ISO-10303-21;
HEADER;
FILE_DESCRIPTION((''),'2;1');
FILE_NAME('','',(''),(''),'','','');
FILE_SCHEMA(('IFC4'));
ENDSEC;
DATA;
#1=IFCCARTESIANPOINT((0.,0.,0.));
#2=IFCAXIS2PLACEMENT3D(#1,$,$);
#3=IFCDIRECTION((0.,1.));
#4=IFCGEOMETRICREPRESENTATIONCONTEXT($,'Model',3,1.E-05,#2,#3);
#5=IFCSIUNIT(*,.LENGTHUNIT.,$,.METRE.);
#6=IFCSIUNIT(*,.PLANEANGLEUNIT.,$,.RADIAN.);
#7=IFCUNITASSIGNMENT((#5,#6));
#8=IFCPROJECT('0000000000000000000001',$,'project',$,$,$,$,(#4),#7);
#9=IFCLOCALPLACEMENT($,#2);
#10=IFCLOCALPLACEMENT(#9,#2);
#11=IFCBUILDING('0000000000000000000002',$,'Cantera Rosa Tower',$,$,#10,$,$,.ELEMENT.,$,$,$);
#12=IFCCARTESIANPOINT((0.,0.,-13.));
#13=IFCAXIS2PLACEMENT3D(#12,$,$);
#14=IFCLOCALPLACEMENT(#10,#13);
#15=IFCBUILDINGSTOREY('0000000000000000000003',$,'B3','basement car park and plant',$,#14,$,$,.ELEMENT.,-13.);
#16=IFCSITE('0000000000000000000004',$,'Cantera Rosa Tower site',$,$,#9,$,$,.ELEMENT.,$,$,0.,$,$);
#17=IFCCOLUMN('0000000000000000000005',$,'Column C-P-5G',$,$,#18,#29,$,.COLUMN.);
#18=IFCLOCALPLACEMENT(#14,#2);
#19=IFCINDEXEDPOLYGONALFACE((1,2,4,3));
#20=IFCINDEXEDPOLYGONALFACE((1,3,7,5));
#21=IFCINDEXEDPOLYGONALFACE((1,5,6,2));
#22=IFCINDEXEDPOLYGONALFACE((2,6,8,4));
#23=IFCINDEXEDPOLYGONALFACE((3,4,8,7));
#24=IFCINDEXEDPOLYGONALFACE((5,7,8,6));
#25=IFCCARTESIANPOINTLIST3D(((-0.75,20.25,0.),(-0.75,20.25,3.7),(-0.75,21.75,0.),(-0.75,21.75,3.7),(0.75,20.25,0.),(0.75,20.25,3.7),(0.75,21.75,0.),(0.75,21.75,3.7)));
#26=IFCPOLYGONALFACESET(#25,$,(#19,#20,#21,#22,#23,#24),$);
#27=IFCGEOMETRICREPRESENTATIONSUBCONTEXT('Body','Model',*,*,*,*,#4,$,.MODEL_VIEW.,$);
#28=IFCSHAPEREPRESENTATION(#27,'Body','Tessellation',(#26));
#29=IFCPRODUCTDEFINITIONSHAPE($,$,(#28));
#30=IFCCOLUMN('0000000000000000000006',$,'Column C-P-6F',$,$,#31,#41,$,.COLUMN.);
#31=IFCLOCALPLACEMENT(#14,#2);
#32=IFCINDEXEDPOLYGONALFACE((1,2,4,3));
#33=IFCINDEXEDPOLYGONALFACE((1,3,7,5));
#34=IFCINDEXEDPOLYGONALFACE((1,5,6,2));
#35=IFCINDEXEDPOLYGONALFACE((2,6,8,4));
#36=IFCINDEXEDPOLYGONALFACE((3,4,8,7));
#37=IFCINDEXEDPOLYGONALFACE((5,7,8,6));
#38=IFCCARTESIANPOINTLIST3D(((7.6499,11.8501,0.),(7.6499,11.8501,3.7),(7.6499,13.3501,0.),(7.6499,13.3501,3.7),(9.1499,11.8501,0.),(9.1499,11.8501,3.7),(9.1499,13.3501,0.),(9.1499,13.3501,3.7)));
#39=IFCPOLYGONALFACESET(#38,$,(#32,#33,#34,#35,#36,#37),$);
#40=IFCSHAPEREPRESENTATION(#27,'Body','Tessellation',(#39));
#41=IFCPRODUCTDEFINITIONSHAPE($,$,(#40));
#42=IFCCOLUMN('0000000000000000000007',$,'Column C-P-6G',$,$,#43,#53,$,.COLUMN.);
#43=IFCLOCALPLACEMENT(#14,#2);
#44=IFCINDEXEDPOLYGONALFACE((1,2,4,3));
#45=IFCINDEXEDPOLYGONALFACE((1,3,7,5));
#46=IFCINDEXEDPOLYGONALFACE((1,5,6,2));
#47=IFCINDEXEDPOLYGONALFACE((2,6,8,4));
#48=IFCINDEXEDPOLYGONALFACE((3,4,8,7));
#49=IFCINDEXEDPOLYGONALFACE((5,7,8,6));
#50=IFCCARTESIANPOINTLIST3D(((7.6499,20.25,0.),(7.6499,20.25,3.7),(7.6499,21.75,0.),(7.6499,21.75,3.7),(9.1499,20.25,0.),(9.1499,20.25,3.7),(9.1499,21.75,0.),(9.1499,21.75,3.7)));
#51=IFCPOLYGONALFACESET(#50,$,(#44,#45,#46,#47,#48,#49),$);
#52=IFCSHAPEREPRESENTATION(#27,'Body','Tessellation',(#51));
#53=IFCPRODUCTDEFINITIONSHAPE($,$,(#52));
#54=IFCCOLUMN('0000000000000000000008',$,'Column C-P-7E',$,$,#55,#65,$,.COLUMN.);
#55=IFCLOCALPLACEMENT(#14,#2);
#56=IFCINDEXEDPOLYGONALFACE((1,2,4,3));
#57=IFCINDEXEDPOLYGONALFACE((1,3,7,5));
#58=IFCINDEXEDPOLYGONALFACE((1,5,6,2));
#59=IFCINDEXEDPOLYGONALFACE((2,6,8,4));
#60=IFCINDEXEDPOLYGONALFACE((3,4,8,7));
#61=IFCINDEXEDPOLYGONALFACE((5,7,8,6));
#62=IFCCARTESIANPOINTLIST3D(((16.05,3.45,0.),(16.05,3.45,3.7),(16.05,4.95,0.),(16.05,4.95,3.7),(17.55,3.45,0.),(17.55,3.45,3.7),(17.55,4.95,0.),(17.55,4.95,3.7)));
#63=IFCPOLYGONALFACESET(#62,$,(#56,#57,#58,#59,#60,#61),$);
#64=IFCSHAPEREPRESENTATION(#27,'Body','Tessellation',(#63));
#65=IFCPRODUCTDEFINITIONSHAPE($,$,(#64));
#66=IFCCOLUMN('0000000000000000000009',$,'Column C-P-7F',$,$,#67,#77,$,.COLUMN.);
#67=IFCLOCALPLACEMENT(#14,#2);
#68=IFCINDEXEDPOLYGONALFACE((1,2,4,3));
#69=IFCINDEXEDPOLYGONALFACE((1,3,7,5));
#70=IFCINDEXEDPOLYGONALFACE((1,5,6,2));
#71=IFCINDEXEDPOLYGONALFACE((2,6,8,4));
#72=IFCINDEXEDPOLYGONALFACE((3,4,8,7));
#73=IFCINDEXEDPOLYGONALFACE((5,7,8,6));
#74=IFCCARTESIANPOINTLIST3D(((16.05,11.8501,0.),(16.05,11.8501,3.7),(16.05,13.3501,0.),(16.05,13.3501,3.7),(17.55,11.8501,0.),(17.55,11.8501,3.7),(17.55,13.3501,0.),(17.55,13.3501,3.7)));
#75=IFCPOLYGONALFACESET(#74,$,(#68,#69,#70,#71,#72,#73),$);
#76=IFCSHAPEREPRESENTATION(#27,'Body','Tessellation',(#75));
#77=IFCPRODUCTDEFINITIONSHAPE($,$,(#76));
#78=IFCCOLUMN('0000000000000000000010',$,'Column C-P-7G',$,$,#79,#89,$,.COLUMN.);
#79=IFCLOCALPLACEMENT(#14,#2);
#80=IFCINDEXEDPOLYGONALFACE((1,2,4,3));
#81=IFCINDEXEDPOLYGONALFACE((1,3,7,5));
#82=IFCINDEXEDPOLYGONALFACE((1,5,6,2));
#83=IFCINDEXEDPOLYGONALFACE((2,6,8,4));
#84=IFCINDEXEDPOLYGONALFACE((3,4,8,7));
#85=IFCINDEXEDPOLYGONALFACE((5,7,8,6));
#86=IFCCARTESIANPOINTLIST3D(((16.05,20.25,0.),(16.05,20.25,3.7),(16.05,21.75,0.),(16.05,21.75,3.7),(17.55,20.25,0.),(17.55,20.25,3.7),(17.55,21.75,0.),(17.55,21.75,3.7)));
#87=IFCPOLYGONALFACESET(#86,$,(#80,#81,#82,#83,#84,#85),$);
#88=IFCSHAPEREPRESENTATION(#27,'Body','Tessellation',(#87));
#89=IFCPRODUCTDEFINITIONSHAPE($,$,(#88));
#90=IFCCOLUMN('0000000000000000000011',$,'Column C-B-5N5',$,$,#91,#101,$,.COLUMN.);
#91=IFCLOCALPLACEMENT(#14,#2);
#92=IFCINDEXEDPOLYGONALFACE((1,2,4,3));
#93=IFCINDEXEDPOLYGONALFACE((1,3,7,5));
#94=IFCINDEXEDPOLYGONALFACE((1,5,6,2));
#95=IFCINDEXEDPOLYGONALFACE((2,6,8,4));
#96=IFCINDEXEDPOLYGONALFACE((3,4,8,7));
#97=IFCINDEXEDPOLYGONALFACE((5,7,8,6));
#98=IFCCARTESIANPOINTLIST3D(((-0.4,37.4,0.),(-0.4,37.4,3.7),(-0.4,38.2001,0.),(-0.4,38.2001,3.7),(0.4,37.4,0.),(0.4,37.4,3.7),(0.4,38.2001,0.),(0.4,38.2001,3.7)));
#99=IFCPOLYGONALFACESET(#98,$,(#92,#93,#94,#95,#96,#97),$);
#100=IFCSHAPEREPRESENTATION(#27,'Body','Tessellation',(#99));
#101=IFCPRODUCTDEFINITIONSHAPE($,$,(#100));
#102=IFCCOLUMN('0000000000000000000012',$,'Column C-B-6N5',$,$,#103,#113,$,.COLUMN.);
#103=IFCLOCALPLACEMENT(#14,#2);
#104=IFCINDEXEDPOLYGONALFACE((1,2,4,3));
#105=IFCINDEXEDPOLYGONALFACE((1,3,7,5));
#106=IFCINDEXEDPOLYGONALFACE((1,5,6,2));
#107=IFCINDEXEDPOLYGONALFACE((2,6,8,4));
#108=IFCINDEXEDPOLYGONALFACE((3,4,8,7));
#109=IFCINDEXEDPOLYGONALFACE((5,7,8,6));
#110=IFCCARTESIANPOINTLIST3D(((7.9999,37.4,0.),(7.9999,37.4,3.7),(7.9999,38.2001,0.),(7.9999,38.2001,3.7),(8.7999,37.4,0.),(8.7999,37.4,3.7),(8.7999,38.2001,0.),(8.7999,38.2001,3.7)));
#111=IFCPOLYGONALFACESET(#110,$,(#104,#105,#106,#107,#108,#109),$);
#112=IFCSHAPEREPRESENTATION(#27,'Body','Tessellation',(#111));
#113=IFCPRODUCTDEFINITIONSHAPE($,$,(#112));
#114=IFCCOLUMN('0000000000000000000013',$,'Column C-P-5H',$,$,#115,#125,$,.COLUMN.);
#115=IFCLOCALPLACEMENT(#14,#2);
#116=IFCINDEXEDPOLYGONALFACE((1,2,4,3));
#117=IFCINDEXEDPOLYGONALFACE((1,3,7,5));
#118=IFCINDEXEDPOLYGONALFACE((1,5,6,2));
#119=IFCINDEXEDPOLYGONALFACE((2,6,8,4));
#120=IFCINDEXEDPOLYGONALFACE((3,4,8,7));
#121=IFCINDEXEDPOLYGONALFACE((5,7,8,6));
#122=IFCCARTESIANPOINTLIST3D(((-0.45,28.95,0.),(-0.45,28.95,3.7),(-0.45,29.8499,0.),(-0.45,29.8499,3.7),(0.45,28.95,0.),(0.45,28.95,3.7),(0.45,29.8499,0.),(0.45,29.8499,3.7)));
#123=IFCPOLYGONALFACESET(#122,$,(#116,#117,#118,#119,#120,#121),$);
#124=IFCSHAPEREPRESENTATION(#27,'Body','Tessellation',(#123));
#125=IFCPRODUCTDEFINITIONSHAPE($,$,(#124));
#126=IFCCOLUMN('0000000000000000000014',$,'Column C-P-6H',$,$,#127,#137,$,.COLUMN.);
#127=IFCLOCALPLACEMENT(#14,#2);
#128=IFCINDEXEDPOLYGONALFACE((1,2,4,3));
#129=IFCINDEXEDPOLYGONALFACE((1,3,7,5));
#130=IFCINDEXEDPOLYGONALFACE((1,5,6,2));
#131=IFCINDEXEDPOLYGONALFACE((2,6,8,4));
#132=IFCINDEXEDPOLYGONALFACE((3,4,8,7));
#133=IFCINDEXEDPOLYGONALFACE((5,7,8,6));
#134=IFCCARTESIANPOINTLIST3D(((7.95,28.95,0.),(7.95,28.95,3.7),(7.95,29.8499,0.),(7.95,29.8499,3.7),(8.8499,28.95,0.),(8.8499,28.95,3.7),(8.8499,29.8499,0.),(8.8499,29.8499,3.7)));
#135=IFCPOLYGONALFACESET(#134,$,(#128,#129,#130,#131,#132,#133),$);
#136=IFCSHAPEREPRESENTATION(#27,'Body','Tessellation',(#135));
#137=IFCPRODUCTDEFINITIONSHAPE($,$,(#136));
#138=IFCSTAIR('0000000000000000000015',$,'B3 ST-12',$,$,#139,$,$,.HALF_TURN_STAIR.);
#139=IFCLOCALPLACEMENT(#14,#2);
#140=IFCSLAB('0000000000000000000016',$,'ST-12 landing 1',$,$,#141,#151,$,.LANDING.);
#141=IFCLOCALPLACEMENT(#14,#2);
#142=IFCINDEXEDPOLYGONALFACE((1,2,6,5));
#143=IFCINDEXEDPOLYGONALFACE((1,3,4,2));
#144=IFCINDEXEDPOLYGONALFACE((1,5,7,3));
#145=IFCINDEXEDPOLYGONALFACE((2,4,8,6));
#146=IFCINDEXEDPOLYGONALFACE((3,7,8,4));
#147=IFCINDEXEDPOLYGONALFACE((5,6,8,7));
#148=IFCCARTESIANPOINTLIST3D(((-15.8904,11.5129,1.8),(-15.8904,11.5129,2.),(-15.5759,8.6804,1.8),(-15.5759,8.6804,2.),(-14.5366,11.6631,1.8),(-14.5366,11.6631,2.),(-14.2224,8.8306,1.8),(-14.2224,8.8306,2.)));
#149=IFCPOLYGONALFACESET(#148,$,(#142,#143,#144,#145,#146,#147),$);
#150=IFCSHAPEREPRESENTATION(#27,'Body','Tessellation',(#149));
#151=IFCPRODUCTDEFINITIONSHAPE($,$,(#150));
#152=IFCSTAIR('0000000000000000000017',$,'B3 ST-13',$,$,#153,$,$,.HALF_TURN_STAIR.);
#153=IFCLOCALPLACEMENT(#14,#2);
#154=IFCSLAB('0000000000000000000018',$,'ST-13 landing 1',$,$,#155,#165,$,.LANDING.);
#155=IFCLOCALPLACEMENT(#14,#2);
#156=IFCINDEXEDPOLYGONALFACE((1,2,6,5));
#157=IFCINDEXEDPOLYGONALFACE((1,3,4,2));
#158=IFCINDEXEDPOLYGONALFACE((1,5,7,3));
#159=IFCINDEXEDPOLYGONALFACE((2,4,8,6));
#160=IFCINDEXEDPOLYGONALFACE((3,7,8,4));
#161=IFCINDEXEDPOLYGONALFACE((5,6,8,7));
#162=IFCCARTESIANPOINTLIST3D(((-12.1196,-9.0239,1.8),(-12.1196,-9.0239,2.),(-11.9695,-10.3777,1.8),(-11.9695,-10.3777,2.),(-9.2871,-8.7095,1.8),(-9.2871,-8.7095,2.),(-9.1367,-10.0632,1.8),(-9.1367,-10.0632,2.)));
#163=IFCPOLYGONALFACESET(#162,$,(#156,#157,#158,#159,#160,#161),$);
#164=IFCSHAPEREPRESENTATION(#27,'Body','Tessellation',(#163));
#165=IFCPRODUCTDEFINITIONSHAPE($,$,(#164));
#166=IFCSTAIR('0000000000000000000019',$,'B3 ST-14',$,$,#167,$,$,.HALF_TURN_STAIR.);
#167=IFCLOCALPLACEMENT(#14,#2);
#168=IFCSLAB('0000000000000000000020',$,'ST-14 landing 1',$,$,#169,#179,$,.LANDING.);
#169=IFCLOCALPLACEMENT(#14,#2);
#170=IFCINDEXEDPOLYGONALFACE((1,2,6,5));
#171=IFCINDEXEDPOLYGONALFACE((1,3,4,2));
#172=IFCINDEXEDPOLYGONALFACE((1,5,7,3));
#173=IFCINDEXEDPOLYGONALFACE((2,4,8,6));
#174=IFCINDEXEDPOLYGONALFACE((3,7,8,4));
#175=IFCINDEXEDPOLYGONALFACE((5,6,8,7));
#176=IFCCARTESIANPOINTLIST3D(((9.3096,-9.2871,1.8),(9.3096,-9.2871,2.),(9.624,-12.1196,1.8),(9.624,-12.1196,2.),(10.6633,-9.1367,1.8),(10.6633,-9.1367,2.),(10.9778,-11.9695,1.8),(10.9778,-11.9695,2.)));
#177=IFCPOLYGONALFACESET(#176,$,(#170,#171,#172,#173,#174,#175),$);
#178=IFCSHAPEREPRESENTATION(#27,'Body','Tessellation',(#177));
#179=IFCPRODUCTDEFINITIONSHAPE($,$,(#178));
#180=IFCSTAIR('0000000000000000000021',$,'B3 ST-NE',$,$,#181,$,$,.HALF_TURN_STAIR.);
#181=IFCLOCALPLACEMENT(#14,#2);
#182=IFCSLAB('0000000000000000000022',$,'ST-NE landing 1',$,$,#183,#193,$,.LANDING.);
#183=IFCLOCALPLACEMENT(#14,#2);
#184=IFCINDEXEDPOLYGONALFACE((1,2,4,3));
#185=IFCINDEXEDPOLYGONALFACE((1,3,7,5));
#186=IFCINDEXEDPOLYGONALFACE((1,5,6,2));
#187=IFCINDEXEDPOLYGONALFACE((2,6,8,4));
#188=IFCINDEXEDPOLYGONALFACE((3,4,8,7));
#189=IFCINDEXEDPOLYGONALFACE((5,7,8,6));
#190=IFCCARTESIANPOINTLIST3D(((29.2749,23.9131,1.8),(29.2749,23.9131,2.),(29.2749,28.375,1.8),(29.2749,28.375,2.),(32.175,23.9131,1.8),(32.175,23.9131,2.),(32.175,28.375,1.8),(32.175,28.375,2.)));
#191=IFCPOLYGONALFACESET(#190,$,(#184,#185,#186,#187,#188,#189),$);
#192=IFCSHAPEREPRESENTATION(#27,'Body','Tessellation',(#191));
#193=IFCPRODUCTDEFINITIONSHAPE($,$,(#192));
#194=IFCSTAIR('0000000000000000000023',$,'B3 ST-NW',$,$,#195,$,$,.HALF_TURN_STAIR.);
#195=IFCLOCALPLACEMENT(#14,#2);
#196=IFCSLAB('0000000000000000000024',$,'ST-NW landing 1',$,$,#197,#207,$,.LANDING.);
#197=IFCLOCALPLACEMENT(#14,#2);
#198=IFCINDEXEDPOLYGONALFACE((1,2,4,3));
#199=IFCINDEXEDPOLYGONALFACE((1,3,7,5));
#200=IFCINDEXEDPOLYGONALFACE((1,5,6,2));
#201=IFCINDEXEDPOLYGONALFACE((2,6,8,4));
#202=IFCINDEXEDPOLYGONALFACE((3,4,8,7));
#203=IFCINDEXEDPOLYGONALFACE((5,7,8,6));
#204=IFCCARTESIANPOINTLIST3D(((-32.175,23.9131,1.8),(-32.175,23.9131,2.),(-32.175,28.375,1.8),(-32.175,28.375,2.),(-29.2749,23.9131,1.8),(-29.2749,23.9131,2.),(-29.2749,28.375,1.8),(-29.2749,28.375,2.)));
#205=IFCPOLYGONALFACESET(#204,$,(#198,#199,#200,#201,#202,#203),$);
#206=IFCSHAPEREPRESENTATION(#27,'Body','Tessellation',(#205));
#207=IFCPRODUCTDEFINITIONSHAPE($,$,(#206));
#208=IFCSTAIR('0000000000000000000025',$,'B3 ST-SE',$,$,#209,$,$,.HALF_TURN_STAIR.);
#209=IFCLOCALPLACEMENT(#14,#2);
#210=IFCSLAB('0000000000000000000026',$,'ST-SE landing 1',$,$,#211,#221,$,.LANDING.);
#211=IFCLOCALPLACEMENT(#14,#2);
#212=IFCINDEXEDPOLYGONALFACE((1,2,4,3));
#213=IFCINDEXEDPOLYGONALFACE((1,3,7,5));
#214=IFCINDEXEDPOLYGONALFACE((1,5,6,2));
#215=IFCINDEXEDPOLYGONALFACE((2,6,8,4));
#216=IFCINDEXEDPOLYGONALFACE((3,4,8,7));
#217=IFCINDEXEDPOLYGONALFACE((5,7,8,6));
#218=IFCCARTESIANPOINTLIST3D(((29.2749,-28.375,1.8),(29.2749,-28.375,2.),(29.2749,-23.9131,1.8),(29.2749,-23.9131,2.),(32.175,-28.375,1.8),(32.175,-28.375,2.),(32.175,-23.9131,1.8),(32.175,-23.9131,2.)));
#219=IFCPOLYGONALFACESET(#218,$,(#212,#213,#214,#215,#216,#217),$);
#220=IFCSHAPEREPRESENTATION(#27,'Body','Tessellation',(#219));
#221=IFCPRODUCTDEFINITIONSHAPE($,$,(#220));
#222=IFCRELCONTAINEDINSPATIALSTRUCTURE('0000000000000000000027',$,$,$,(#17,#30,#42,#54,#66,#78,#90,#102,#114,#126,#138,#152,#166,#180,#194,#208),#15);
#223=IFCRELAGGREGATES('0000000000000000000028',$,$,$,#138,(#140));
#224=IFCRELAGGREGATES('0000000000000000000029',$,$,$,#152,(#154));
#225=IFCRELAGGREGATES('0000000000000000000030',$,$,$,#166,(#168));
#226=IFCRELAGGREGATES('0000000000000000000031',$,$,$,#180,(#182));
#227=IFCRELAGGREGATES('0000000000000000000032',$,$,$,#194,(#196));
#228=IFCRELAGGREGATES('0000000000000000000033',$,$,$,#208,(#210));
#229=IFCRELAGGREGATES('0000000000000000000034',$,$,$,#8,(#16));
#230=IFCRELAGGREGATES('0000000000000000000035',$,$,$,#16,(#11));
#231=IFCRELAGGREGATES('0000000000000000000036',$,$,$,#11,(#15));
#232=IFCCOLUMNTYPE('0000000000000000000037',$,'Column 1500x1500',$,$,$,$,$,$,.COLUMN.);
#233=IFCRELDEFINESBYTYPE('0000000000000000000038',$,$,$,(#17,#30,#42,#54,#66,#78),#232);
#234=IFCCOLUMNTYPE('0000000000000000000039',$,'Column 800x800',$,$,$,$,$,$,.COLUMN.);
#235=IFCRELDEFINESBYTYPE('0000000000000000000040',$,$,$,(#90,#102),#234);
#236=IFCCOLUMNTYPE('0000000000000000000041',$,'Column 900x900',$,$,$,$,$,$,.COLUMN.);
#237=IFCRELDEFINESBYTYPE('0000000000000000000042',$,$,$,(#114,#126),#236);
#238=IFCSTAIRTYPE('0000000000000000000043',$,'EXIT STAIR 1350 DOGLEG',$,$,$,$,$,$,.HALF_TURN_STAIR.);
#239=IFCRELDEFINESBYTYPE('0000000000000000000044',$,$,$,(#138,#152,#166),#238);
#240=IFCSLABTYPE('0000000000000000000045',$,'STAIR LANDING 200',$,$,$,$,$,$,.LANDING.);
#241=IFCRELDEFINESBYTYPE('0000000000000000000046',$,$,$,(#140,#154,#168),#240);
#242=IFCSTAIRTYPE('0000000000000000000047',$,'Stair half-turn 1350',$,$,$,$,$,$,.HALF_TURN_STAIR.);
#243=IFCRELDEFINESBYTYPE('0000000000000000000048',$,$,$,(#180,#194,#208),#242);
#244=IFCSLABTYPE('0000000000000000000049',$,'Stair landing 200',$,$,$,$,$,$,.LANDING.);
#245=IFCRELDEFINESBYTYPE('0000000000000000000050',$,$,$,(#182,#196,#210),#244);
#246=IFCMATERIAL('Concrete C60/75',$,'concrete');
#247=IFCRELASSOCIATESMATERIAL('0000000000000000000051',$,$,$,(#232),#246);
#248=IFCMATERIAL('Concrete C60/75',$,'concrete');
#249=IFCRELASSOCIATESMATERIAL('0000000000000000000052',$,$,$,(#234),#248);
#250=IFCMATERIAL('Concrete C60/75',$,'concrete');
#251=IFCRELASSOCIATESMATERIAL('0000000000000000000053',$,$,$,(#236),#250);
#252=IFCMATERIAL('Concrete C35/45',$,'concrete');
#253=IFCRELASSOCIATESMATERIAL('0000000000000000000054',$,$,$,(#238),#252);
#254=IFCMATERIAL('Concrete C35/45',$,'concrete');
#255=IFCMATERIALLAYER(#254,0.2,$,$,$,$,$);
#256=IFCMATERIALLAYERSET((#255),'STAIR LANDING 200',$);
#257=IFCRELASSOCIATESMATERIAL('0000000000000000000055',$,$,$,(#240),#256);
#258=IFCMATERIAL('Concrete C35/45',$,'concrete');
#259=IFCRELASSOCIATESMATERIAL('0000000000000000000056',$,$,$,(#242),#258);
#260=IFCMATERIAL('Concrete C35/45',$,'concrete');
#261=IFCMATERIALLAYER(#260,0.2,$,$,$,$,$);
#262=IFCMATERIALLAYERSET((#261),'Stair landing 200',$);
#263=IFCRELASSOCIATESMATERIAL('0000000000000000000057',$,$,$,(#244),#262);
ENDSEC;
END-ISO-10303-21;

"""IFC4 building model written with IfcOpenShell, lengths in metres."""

from ifc_helpers import new_model, si_unit, direction, frame, origin, origin_2d, place, context, subcontext, project, spatial, polyline, rectangle, outline, extrude, material, layer, layer_set, material_profile, profile_set, type_object, element, aggregate, save


model = new_model("IFC4")

# Units and contexts
model_context = context("Model", 3, precision=1e-05, world=origin(), true_north=direction((0.0, 1.0)))
body_context = subcontext(model_context, "Body", "Model", "MODEL_VIEW")
ifc_project = project(units=[si_unit("LENGTHUNIT", "METRE"), si_unit("PLANEANGLEUNIT", "RADIAN")], contexts=[model_context])

# Site, building, storey
site_placement = place(None, origin())
site = spatial("IfcSite", under=ifc_project, at=site_placement, Name="Cantera Rosa Tower site", CompositionType="ELEMENT", RefElevation=0.0)
building_placement = place(site_placement, origin())
building = spatial("IfcBuilding", under=site, at=building_placement, Name="Cantera Rosa Tower", CompositionType="ELEMENT")
storey_placement = place(building_placement, frame((0.0, 0.0, -13.0)))
storey = spatial("IfcBuildingStorey", under=building, at=storey_placement, Name="B3", Description="basement car park and plant", CompositionType="ELEMENT", Elevation=-13.0)

# Columns
ifc_material_1 = material(Name="Concrete C60/75", Category="concrete")
ifc_material_profile_1 = material_profile(ifc_material_1, rectangle(XDim=1.5, YDim=1.5, at=origin_2d()), Name="Column 1500x1500")
ifc_profile_set_1 = profile_set([ifc_material_profile_1], Name="Concrete C60/75")
column_type_1 = type_object("IfcColumnType", Name="Column 1500x1500", PredefinedType="COLUMN", material=ifc_profile_set_1)
for number, where, z_axis, x_axis, name in (
    (1, (0.0, 21.0, 0.0), (0.0, 0.0, 1.0), (1.0, 0.0, 0.0), "Column C-P-5G"),
    (2, (8.3999, 12.6001, 0.0), (0.0, 0.0, 1.0), (1.0, 0.0, 0.0), "Column C-P-6F"),
    (3, (8.3999, 21.0, 0.0), (0.0, 0.0, 1.0), (1.0, 0.0, 0.0), "Column C-P-6G"),
    (4, (16.8, 4.2, 0.0), (0.0, 0.0, 1.0), (1.0, 0.0, 0.0), "Column C-P-7E"),
    (5, (16.8, 12.6001, 0.0), (0.0, 0.0, 1.0), (1.0, 0.0, 0.0), "Column C-P-7F"),
    (6, (16.8, 21.0, 0.0), (0.0, 0.0, 1.0), (1.0, 0.0, 0.0), "Column C-P-7G"),
):
    element("IfcColumn", number, at=place(storey_placement, frame(where, z_axis=z_axis, x_axis=x_axis)), inside=storey, type_object=column_type_1, Name=name, PredefinedType="COLUMN", context=body_context, shape_type="SweptSolid", body=[
        extrude(rectangle(XDim=1.5, YDim=1.5, at=origin_2d()), origin(), (0.0, 0.0, 1.0), 3.7),
    ])
ifc_material_2 = material(Name="Concrete C60/75", Category="concrete")
ifc_material_profile_2 = material_profile(ifc_material_2, rectangle(XDim=0.8, YDim=0.8, at=origin_2d()), Name="Column 800x800")
ifc_profile_set_2 = profile_set([ifc_material_profile_2], Name="Concrete C60/75")
column_type_2 = type_object("IfcColumnType", Name="Column 800x800", PredefinedType="COLUMN", material=ifc_profile_set_2)
for number, where, z_axis, x_axis, name in (
    (7, (0.0, 37.8, 0.0), (0.0, 0.0, 1.0), (1.0, 0.0, 0.0), "Column C-B-5N5"),
    (8, (8.3999, 37.8, 0.0), (0.0, 0.0, 1.0), (1.0, 0.0, 0.0), "Column C-B-6N5"),
):
    element("IfcColumn", number, at=place(storey_placement, frame(where, z_axis=z_axis, x_axis=x_axis)), inside=storey, type_object=column_type_2, Name=name, PredefinedType="COLUMN", context=body_context, shape_type="SweptSolid", body=[
        extrude(rectangle(XDim=0.8, YDim=0.8, at=origin_2d()), origin(), (0.0, 0.0, 1.0), 3.7),
    ])
ifc_material_3 = material(Name="Concrete C60/75", Category="concrete")
ifc_material_profile_3 = material_profile(ifc_material_3, rectangle(XDim=0.8999, YDim=0.8999, at=origin_2d()), Name="Column 900x900")
ifc_profile_set_3 = profile_set([ifc_material_profile_3], Name="Concrete C60/75")
column_type_3 = type_object("IfcColumnType", Name="Column 900x900", PredefinedType="COLUMN", material=ifc_profile_set_3)
for number, where, z_axis, x_axis, name in (
    (9, (0.0, 29.3999, 0.0), (0.0, 0.0, 1.0), (1.0, 0.0, 0.0), "Column C-P-5H"),
    (10, (8.3999, 29.3999, 0.0), (0.0, 0.0, 1.0), (1.0, 0.0, 0.0), "Column C-P-6H"),
):
    element("IfcColumn", number, at=place(storey_placement, frame(where, z_axis=z_axis, x_axis=x_axis)), inside=storey, type_object=column_type_3, Name=name, PredefinedType="COLUMN", context=body_context, shape_type="SweptSolid", body=[
        extrude(rectangle(XDim=0.8999, YDim=0.8999, at=origin_2d()), origin(), (0.0, 0.0, 1.0), 3.7),
    ])

# Stairs, slabs
ifc_material_4 = material(Name="Concrete C35/45", Category="concrete")
stair_type_1 = type_object("IfcStairType", Name="EXIT STAIR 1350 DOGLEG", PredefinedType="HALF_TURN_STAIR", material=ifc_material_4)
stair_1_placement = place(storey_placement, origin())
stair_1 = element("IfcStair", 11, at=stair_1_placement, inside=storey, type_object=stair_type_1, Name="B3 ST-12", PredefinedType="HALF_TURN_STAIR")
ifc_material_5 = material(Name="Concrete C35/45", Category="concrete")
ifc_layer_1 = layer(ifc_material_5, 0.2)
ifc_layer_set_1 = layer_set([ifc_layer_1], Name="STAIR LANDING 200")
slab_type_1 = type_object("IfcSlabType", Name="STAIR LANDING 200", PredefinedType="LANDING", material=ifc_layer_set_1)
slab_1_placement = place(storey_placement, frame((0.0, 0.0, 1.8)))
slab_1 = element("IfcSlab", 12, at=slab_1_placement, type_object=slab_type_1, Name="ST-12 landing 1", PredefinedType="LANDING", context=body_context, shape_type="SweptSolid", body=[
    extrude(outline(polyline([(-14.5366, 11.6631), (-15.8904, 11.5129), (-15.5759, 8.6804), (-14.2224, 8.8306), (-14.5366, 11.6631)])), origin(), (0.0, 0.0, 1.0), 0.2),
])
aggregate(stair_1, [slab_1])
stair_2_placement = place(storey_placement, origin())
stair_2 = element("IfcStair", 13, at=stair_2_placement, inside=storey, type_object=stair_type_1, Name="B3 ST-13", PredefinedType="HALF_TURN_STAIR")
slab_2_placement = place(storey_placement, frame((0.0, 0.0, 1.8)))
slab_2 = element("IfcSlab", 14, at=slab_2_placement, type_object=slab_type_1, Name="ST-13 landing 1", PredefinedType="LANDING", context=body_context, shape_type="SweptSolid", body=[
    extrude(outline(polyline([(-9.1367, -10.0632), (-9.2871, -8.7095), (-12.1196, -9.0239), (-11.9695, -10.3777), (-9.1367, -10.0632)])), origin(), (0.0, 0.0, 1.0), 0.2),
])
aggregate(stair_2, [slab_2])
stair_3_placement = place(storey_placement, origin())
stair_3 = element("IfcStair", 15, at=stair_3_placement, inside=storey, type_object=stair_type_1, Name="B3 ST-14", PredefinedType="HALF_TURN_STAIR")
slab_3_placement = place(storey_placement, frame((0.0, 0.0, 1.8)))
slab_3 = element("IfcSlab", 16, at=slab_3_placement, type_object=slab_type_1, Name="ST-14 landing 1", PredefinedType="LANDING", context=body_context, shape_type="SweptSolid", body=[
    extrude(outline(polyline([(10.6633, -9.1367), (9.3096, -9.2871), (9.624, -12.1196), (10.9778, -11.9695), (10.6633, -9.1367)])), origin(), (0.0, 0.0, 1.0), 0.2),
])
aggregate(stair_3, [slab_3])
ifc_material_6 = material(Name="Concrete C35/45", Category="concrete")
stair_type_2 = type_object("IfcStairType", Name="Stair half-turn 1350", PredefinedType="HALF_TURN_STAIR", material=ifc_material_6)
stair_4_placement = place(storey_placement, origin())
stair_4 = element("IfcStair", 17, at=stair_4_placement, inside=storey, type_object=stair_type_2, Name="B3 ST-NE", PredefinedType="HALF_TURN_STAIR")
ifc_material_7 = material(Name="Concrete C35/45", Category="concrete")
ifc_layer_2 = layer(ifc_material_7, 0.2)
ifc_layer_set_2 = layer_set([ifc_layer_2], Name="Stair landing 200")
slab_type_2 = type_object("IfcSlabType", Name="Stair landing 200", PredefinedType="LANDING", material=ifc_layer_set_2)
slab_4_placement = place(storey_placement, frame((0.0, 0.0, 1.8)))
slab_4 = element("IfcSlab", 18, at=slab_4_placement, type_object=slab_type_2, Name="ST-NE landing 1", PredefinedType="LANDING", context=body_context, shape_type="SweptSolid", body=[
    extrude(outline(polyline([(32.175, 23.9131), (32.175, 28.375), (29.2749, 28.375), (29.2749, 23.9131), (32.175, 23.9131)])), origin(), (0.0, 0.0, 1.0), 0.2),
])
aggregate(stair_4, [slab_4])
stair_5_placement = place(storey_placement, origin())
stair_5 = element("IfcStair", 19, at=stair_5_placement, inside=storey, type_object=stair_type_2, Name="B3 ST-NW", PredefinedType="HALF_TURN_STAIR")
slab_5_placement = place(storey_placement, frame((0.0, 0.0, 1.8)))
slab_5 = element("IfcSlab", 20, at=slab_5_placement, type_object=slab_type_2, Name="ST-NW landing 1", PredefinedType="LANDING", context=body_context, shape_type="SweptSolid", body=[
    extrude(outline(polyline([(-29.2749, 23.9131), (-29.2749, 28.375), (-32.175, 28.375), (-32.175, 23.9131), (-29.2749, 23.9131)])), origin(), (0.0, 0.0, 1.0), 0.2),
])
aggregate(stair_5, [slab_5])
stair_6_placement = place(storey_placement, origin())
stair_6 = element("IfcStair", 21, at=stair_6_placement, inside=storey, type_object=stair_type_2, Name="B3 ST-SE", PredefinedType="HALF_TURN_STAIR")
slab_6_placement = place(storey_placement, frame((0.0, 0.0, 1.8)))
slab_6 = element("IfcSlab", 22, at=slab_6_placement, type_object=slab_type_2, Name="ST-SE landing 1", PredefinedType="LANDING", context=body_context, shape_type="SweptSolid", body=[
    extrude(outline(polyline([(29.2749, -23.9131), (29.2749, -28.375), (32.175, -28.375), (32.175, -23.9131), (29.2749, -23.9131)])), origin(), (0.0, 0.0, 1.0), 0.2),
])
aggregate(stair_6, [slab_6])

save(model, "model.ifc")
